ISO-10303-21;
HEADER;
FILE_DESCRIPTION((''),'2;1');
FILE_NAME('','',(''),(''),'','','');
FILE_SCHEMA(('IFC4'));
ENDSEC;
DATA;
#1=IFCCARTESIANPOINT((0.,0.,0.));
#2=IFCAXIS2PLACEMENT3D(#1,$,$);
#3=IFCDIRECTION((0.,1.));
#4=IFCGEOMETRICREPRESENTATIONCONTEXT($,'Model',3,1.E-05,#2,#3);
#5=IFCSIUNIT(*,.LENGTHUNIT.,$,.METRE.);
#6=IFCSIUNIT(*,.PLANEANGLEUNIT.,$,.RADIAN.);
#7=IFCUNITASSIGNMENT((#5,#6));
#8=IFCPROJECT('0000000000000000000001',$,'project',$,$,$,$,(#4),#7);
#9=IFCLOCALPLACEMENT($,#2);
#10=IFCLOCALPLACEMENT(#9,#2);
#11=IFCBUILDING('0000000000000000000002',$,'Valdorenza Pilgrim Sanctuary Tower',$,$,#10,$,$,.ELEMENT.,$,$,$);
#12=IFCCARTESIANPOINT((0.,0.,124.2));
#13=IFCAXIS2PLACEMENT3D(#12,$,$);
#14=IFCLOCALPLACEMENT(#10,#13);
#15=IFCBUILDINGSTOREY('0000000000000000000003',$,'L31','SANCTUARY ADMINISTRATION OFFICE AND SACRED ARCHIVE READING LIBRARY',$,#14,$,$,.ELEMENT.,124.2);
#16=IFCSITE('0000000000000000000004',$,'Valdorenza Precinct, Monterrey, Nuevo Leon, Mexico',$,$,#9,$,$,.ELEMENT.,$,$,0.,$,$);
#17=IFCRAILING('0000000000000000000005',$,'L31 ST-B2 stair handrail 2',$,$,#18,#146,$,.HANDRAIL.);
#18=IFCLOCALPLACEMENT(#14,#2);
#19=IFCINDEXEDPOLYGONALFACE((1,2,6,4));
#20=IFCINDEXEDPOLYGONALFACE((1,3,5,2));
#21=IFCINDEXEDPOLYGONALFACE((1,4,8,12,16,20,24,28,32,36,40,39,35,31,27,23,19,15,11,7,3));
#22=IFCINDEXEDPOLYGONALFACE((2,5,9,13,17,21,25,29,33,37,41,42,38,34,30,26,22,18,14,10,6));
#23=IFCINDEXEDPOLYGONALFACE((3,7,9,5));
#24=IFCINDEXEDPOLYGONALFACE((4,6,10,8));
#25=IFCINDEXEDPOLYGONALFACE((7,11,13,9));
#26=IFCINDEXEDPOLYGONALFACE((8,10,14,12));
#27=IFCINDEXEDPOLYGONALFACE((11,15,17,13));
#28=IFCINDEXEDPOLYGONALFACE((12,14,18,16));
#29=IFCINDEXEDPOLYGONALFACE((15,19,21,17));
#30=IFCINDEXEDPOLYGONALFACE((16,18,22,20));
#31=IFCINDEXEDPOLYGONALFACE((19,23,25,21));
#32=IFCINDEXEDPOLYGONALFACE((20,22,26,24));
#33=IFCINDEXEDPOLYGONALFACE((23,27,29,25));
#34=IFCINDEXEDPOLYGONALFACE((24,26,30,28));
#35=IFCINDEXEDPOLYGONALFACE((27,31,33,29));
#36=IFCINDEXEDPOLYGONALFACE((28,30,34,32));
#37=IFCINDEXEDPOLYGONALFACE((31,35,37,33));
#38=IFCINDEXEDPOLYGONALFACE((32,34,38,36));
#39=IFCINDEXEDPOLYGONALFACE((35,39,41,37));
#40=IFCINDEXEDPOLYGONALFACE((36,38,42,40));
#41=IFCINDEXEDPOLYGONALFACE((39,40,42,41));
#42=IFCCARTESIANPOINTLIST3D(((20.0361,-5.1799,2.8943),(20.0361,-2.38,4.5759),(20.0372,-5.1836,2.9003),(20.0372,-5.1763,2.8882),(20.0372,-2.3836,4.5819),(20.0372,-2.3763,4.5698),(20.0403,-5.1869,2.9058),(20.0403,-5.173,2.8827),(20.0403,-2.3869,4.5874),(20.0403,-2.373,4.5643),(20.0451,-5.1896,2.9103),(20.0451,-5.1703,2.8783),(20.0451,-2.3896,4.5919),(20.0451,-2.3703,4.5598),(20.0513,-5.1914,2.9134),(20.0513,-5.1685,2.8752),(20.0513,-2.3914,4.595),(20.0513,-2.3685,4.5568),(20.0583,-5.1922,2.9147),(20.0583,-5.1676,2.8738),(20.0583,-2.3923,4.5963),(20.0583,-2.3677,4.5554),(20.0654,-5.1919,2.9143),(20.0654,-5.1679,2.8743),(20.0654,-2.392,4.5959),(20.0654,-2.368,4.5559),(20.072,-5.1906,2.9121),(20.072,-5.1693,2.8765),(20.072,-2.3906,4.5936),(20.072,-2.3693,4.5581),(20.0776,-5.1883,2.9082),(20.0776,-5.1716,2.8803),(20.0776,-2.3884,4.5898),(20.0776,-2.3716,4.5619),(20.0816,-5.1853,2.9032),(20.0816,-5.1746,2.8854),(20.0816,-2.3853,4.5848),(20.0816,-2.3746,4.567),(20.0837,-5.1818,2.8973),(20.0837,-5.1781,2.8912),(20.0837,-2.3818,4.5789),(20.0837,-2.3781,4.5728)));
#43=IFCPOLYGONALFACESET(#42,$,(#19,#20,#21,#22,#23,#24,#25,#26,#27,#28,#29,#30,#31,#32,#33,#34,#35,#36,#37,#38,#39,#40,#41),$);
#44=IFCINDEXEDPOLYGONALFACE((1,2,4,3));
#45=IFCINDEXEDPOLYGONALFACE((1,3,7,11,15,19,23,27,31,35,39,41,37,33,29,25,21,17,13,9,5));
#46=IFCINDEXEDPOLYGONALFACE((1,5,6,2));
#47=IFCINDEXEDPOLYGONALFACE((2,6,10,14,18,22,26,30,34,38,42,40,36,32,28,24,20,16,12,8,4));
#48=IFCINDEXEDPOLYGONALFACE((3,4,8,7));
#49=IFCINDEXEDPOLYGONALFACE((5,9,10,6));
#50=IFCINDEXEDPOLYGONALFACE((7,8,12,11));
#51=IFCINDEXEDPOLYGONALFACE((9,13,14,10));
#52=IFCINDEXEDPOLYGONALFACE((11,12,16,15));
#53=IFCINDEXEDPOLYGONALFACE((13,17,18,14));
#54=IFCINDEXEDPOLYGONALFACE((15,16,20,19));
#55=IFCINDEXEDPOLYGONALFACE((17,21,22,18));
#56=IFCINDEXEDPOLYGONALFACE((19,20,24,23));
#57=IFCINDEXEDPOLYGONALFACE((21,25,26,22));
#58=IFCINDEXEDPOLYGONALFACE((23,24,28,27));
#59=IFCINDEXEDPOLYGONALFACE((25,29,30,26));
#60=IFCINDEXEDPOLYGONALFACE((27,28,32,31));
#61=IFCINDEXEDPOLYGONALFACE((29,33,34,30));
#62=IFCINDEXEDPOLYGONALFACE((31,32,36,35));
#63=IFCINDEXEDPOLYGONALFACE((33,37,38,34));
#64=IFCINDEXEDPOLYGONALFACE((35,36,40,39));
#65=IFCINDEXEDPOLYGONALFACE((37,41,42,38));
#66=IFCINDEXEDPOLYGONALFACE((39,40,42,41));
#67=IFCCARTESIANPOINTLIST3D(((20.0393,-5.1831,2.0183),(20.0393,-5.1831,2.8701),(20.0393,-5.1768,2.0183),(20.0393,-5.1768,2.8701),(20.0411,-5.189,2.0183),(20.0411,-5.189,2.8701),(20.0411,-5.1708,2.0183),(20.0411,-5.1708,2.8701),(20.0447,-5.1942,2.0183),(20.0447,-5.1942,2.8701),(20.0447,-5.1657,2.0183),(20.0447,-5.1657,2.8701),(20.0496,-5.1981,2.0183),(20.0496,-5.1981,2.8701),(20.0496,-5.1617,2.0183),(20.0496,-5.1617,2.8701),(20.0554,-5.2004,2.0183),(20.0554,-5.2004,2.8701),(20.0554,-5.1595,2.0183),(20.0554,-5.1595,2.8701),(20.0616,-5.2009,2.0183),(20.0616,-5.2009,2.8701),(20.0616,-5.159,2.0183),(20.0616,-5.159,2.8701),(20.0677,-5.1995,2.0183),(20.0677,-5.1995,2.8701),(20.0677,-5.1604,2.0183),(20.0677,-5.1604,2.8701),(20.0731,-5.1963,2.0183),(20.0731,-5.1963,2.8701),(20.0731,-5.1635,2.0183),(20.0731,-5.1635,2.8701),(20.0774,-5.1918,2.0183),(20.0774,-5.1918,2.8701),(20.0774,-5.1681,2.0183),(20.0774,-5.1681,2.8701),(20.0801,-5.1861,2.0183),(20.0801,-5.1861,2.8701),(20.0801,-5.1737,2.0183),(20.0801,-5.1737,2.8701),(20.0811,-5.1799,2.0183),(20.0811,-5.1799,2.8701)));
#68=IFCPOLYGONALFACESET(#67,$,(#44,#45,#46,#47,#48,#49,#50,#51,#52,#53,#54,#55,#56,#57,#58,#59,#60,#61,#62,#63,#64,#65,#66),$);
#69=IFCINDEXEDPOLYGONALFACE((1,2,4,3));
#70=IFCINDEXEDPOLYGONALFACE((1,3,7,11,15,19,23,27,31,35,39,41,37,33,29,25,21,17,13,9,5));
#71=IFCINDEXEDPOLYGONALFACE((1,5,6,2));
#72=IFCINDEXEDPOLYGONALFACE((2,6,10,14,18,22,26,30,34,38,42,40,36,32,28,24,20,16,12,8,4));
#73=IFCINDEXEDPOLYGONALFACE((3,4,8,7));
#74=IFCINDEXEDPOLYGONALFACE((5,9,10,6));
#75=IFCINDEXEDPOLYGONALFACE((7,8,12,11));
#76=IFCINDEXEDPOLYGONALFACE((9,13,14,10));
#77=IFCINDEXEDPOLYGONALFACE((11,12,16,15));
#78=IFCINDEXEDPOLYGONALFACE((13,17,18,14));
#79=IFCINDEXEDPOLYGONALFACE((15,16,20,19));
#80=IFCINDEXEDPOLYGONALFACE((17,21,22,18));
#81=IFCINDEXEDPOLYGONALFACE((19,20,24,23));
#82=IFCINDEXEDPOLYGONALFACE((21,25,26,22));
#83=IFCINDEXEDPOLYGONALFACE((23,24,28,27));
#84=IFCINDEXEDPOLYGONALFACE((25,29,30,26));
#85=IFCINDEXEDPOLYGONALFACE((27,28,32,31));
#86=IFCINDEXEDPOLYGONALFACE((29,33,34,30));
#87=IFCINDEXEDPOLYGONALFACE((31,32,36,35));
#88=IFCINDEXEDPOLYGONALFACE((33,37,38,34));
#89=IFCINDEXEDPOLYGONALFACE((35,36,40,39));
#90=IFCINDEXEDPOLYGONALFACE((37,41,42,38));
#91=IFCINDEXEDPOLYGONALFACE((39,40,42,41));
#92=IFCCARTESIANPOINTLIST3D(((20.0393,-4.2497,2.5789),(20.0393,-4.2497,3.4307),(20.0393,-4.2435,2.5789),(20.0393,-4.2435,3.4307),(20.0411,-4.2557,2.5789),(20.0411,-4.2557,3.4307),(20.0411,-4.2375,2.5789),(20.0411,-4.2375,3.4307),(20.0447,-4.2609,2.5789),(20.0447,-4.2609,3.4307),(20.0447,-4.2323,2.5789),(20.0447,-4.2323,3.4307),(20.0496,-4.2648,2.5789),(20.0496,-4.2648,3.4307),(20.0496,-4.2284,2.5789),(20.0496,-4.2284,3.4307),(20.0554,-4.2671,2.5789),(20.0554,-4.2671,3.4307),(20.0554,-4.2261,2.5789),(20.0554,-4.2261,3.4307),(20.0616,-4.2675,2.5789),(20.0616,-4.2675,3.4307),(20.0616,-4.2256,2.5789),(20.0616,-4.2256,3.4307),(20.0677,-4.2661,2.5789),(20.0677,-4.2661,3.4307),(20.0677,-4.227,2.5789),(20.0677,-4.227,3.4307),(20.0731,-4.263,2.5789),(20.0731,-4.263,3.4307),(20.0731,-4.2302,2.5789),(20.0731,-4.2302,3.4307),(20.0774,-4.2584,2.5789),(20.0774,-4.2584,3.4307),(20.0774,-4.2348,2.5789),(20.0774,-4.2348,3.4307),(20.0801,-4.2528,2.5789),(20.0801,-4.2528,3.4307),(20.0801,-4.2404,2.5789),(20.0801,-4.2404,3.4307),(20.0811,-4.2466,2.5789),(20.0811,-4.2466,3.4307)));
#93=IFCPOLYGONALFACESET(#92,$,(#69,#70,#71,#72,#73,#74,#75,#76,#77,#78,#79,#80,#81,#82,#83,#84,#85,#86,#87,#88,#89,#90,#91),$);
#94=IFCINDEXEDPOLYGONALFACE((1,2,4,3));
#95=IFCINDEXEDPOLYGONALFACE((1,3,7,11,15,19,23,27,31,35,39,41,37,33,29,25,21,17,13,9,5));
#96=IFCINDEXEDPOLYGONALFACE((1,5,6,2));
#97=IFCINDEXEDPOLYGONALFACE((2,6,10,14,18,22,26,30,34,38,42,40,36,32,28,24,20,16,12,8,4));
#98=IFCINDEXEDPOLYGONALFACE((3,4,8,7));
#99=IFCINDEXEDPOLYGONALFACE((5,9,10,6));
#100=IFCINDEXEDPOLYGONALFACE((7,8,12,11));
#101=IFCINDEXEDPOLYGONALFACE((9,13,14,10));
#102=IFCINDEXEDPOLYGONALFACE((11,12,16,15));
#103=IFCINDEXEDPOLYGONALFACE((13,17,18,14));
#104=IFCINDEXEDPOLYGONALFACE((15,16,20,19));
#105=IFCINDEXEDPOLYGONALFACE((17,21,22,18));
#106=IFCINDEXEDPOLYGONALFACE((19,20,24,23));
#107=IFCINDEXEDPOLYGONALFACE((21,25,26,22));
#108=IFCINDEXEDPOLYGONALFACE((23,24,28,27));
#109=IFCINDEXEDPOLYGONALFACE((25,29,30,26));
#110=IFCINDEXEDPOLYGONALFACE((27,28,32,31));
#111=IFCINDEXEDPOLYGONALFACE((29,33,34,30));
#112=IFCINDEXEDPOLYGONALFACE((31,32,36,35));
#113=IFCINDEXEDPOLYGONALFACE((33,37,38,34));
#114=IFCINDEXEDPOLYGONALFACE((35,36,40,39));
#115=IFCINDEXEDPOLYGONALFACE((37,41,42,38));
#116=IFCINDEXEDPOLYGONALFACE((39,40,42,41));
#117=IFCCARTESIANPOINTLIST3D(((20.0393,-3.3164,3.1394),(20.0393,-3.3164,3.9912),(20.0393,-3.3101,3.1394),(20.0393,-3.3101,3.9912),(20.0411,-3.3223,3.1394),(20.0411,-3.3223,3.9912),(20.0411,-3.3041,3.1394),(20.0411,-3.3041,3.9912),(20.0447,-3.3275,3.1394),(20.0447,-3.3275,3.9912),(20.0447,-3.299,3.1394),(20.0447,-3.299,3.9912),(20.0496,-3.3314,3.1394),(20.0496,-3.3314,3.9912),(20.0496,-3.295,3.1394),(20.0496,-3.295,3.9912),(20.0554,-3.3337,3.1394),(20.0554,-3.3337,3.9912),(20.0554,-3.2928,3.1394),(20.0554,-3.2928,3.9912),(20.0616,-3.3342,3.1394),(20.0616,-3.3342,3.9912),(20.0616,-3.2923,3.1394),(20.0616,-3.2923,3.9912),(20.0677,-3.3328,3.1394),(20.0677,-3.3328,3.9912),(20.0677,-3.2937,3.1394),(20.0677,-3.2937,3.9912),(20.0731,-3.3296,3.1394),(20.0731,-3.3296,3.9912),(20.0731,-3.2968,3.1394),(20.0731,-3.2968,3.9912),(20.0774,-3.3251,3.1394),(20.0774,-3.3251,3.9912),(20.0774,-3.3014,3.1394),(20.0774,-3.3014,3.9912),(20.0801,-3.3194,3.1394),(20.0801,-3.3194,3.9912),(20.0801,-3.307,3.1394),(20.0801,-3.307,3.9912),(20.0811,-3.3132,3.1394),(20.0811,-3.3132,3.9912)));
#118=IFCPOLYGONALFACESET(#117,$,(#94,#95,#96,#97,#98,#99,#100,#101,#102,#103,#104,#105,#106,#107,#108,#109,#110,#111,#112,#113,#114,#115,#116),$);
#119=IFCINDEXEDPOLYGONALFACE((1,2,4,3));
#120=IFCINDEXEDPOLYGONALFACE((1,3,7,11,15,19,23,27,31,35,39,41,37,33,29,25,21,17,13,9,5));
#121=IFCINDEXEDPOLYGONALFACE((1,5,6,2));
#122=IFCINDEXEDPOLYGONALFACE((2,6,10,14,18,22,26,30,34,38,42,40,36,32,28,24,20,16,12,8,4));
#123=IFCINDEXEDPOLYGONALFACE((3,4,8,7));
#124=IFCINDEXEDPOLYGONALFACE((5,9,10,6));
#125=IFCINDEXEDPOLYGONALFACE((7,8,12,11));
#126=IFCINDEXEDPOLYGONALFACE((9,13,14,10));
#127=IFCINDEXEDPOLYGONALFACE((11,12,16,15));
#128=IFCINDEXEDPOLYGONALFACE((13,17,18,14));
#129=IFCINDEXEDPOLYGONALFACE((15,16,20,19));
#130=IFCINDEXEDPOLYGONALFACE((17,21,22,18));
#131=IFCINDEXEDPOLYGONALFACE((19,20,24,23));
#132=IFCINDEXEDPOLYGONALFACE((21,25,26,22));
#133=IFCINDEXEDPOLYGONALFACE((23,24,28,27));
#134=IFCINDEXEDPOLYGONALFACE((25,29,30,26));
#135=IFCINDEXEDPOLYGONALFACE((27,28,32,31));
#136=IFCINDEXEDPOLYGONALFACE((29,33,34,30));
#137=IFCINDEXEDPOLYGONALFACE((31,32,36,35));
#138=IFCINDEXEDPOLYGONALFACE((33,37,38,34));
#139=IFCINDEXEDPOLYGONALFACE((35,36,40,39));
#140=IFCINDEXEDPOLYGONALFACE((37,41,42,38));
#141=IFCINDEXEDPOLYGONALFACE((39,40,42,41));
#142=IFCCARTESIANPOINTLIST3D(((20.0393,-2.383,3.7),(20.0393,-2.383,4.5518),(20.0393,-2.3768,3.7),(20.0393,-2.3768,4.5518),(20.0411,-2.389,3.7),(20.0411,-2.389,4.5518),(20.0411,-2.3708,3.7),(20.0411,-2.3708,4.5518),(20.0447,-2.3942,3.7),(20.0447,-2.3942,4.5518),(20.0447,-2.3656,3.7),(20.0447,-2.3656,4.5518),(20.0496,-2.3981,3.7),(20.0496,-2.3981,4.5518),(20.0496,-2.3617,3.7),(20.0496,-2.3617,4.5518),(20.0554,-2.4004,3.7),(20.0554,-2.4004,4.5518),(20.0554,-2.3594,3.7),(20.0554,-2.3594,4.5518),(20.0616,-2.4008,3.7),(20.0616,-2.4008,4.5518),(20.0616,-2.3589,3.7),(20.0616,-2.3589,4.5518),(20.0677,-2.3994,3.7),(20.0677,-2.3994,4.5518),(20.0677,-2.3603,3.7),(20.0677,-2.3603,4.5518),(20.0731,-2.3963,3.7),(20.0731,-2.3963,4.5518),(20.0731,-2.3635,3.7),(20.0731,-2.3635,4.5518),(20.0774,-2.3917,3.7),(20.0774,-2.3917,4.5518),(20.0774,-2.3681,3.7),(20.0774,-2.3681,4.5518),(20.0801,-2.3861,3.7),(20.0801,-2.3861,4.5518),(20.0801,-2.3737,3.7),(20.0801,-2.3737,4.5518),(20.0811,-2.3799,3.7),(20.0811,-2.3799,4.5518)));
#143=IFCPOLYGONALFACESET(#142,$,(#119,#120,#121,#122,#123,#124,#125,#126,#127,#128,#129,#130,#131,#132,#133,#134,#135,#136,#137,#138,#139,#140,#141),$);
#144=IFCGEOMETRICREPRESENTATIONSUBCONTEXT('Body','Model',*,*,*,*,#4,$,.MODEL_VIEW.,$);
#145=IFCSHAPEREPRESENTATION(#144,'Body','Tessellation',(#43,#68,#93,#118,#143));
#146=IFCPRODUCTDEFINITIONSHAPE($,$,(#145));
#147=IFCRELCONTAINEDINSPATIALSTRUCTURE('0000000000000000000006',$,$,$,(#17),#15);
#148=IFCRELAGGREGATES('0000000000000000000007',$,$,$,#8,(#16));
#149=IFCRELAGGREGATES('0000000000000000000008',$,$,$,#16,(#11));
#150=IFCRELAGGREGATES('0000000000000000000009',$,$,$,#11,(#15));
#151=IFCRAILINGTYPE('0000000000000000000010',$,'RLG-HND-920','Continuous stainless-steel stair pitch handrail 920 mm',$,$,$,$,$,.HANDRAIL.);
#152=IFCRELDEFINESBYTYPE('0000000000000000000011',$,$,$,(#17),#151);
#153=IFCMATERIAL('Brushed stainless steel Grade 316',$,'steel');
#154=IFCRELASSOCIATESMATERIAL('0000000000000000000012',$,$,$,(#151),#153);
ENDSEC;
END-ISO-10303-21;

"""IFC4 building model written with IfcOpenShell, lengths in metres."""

from ifc_helpers import new_model, si_unit, direction, frame, origin, origin_2d, place, context, subcontext, project, spatial, circle, extrude, material, type_object, element, save


model = new_model("IFC4")

# Units and contexts
model_context = context("Model", 3, precision=1e-05, world=origin(), true_north=direction((0.0, 1.0)))
body_context = subcontext(model_context, "Body", "Model", "MODEL_VIEW")
ifc_project = project(units=[si_unit("LENGTHUNIT", "METRE"), si_unit("PLANEANGLEUNIT", "RADIAN")], contexts=[model_context])

# Site, building, storey
site_placement = place(None, origin())
site = spatial("IfcSite", under=ifc_project, at=site_placement, Name="Valdorenza Precinct, Monterrey, Nuevo Leon, Mexico", CompositionType="ELEMENT", RefElevation=0.0)
building_placement = place(site_placement, origin())
building = spatial("IfcBuilding", under=site, at=building_placement, Name="Valdorenza Pilgrim Sanctuary Tower", CompositionType="ELEMENT")
storey_placement = place(building_placement, frame((0.0, 0.0, 124.2)))
storey = spatial("IfcBuildingStorey", under=building, at=storey_placement, Name="L31", Description="SANCTUARY ADMINISTRATION OFFICE AND SACRED ARCHIVE READING LIBRARY", CompositionType="ELEMENT", Elevation=124.2)

# Railing
ifc_material_1 = material(Name="Brushed stainless steel Grade 316", Category="steel")
railing_type_1 = type_object("IfcRailingType", Name="RLG-HND-920", Description="Continuous stainless-steel stair pitch handrail 920 mm", PredefinedType="HANDRAIL", material=ifc_material_1)
railing_1_placement = place(storey_placement, frame((20.0601, -5.1799, 2.0183)))
element("IfcRailing", 1, at=railing_1_placement, inside=storey, type_object=railing_type_1, Name="L31 ST-B2 stair handrail 2", PredefinedType="HANDRAIL", context=body_context, shape_type="SweptSolid", body=[
    extrude(circle(Radius=0.0239, at=origin_2d()), frame((0.0, 0.0, 0.876), z_axis=(0.0, 0.857275, 0.514858), x_axis=(-1.0, 0.0, 0.0)), (0.0, 0.0, 1.0), 3.2661),
    extrude(circle(Radius=0.021, at=origin_2d()), origin(), (0.0, 0.0, 1.0), 0.8518),
    extrude(circle(Radius=0.021, at=origin_2d()), frame((0.0, 0.9333, 0.5605)), (0.0, 0.0, 1.0), 0.8518),
    extrude(circle(Radius=0.021, at=origin_2d()), frame((0.0, 1.8667, 1.1211)), (0.0, 0.0, 1.0), 0.8518),
    extrude(circle(Radius=0.021, at=origin_2d()), frame((0.0, 2.8, 1.6816)), (0.0, 0.0, 1.0), 0.8518),
])

save(model, "model.ifc")
